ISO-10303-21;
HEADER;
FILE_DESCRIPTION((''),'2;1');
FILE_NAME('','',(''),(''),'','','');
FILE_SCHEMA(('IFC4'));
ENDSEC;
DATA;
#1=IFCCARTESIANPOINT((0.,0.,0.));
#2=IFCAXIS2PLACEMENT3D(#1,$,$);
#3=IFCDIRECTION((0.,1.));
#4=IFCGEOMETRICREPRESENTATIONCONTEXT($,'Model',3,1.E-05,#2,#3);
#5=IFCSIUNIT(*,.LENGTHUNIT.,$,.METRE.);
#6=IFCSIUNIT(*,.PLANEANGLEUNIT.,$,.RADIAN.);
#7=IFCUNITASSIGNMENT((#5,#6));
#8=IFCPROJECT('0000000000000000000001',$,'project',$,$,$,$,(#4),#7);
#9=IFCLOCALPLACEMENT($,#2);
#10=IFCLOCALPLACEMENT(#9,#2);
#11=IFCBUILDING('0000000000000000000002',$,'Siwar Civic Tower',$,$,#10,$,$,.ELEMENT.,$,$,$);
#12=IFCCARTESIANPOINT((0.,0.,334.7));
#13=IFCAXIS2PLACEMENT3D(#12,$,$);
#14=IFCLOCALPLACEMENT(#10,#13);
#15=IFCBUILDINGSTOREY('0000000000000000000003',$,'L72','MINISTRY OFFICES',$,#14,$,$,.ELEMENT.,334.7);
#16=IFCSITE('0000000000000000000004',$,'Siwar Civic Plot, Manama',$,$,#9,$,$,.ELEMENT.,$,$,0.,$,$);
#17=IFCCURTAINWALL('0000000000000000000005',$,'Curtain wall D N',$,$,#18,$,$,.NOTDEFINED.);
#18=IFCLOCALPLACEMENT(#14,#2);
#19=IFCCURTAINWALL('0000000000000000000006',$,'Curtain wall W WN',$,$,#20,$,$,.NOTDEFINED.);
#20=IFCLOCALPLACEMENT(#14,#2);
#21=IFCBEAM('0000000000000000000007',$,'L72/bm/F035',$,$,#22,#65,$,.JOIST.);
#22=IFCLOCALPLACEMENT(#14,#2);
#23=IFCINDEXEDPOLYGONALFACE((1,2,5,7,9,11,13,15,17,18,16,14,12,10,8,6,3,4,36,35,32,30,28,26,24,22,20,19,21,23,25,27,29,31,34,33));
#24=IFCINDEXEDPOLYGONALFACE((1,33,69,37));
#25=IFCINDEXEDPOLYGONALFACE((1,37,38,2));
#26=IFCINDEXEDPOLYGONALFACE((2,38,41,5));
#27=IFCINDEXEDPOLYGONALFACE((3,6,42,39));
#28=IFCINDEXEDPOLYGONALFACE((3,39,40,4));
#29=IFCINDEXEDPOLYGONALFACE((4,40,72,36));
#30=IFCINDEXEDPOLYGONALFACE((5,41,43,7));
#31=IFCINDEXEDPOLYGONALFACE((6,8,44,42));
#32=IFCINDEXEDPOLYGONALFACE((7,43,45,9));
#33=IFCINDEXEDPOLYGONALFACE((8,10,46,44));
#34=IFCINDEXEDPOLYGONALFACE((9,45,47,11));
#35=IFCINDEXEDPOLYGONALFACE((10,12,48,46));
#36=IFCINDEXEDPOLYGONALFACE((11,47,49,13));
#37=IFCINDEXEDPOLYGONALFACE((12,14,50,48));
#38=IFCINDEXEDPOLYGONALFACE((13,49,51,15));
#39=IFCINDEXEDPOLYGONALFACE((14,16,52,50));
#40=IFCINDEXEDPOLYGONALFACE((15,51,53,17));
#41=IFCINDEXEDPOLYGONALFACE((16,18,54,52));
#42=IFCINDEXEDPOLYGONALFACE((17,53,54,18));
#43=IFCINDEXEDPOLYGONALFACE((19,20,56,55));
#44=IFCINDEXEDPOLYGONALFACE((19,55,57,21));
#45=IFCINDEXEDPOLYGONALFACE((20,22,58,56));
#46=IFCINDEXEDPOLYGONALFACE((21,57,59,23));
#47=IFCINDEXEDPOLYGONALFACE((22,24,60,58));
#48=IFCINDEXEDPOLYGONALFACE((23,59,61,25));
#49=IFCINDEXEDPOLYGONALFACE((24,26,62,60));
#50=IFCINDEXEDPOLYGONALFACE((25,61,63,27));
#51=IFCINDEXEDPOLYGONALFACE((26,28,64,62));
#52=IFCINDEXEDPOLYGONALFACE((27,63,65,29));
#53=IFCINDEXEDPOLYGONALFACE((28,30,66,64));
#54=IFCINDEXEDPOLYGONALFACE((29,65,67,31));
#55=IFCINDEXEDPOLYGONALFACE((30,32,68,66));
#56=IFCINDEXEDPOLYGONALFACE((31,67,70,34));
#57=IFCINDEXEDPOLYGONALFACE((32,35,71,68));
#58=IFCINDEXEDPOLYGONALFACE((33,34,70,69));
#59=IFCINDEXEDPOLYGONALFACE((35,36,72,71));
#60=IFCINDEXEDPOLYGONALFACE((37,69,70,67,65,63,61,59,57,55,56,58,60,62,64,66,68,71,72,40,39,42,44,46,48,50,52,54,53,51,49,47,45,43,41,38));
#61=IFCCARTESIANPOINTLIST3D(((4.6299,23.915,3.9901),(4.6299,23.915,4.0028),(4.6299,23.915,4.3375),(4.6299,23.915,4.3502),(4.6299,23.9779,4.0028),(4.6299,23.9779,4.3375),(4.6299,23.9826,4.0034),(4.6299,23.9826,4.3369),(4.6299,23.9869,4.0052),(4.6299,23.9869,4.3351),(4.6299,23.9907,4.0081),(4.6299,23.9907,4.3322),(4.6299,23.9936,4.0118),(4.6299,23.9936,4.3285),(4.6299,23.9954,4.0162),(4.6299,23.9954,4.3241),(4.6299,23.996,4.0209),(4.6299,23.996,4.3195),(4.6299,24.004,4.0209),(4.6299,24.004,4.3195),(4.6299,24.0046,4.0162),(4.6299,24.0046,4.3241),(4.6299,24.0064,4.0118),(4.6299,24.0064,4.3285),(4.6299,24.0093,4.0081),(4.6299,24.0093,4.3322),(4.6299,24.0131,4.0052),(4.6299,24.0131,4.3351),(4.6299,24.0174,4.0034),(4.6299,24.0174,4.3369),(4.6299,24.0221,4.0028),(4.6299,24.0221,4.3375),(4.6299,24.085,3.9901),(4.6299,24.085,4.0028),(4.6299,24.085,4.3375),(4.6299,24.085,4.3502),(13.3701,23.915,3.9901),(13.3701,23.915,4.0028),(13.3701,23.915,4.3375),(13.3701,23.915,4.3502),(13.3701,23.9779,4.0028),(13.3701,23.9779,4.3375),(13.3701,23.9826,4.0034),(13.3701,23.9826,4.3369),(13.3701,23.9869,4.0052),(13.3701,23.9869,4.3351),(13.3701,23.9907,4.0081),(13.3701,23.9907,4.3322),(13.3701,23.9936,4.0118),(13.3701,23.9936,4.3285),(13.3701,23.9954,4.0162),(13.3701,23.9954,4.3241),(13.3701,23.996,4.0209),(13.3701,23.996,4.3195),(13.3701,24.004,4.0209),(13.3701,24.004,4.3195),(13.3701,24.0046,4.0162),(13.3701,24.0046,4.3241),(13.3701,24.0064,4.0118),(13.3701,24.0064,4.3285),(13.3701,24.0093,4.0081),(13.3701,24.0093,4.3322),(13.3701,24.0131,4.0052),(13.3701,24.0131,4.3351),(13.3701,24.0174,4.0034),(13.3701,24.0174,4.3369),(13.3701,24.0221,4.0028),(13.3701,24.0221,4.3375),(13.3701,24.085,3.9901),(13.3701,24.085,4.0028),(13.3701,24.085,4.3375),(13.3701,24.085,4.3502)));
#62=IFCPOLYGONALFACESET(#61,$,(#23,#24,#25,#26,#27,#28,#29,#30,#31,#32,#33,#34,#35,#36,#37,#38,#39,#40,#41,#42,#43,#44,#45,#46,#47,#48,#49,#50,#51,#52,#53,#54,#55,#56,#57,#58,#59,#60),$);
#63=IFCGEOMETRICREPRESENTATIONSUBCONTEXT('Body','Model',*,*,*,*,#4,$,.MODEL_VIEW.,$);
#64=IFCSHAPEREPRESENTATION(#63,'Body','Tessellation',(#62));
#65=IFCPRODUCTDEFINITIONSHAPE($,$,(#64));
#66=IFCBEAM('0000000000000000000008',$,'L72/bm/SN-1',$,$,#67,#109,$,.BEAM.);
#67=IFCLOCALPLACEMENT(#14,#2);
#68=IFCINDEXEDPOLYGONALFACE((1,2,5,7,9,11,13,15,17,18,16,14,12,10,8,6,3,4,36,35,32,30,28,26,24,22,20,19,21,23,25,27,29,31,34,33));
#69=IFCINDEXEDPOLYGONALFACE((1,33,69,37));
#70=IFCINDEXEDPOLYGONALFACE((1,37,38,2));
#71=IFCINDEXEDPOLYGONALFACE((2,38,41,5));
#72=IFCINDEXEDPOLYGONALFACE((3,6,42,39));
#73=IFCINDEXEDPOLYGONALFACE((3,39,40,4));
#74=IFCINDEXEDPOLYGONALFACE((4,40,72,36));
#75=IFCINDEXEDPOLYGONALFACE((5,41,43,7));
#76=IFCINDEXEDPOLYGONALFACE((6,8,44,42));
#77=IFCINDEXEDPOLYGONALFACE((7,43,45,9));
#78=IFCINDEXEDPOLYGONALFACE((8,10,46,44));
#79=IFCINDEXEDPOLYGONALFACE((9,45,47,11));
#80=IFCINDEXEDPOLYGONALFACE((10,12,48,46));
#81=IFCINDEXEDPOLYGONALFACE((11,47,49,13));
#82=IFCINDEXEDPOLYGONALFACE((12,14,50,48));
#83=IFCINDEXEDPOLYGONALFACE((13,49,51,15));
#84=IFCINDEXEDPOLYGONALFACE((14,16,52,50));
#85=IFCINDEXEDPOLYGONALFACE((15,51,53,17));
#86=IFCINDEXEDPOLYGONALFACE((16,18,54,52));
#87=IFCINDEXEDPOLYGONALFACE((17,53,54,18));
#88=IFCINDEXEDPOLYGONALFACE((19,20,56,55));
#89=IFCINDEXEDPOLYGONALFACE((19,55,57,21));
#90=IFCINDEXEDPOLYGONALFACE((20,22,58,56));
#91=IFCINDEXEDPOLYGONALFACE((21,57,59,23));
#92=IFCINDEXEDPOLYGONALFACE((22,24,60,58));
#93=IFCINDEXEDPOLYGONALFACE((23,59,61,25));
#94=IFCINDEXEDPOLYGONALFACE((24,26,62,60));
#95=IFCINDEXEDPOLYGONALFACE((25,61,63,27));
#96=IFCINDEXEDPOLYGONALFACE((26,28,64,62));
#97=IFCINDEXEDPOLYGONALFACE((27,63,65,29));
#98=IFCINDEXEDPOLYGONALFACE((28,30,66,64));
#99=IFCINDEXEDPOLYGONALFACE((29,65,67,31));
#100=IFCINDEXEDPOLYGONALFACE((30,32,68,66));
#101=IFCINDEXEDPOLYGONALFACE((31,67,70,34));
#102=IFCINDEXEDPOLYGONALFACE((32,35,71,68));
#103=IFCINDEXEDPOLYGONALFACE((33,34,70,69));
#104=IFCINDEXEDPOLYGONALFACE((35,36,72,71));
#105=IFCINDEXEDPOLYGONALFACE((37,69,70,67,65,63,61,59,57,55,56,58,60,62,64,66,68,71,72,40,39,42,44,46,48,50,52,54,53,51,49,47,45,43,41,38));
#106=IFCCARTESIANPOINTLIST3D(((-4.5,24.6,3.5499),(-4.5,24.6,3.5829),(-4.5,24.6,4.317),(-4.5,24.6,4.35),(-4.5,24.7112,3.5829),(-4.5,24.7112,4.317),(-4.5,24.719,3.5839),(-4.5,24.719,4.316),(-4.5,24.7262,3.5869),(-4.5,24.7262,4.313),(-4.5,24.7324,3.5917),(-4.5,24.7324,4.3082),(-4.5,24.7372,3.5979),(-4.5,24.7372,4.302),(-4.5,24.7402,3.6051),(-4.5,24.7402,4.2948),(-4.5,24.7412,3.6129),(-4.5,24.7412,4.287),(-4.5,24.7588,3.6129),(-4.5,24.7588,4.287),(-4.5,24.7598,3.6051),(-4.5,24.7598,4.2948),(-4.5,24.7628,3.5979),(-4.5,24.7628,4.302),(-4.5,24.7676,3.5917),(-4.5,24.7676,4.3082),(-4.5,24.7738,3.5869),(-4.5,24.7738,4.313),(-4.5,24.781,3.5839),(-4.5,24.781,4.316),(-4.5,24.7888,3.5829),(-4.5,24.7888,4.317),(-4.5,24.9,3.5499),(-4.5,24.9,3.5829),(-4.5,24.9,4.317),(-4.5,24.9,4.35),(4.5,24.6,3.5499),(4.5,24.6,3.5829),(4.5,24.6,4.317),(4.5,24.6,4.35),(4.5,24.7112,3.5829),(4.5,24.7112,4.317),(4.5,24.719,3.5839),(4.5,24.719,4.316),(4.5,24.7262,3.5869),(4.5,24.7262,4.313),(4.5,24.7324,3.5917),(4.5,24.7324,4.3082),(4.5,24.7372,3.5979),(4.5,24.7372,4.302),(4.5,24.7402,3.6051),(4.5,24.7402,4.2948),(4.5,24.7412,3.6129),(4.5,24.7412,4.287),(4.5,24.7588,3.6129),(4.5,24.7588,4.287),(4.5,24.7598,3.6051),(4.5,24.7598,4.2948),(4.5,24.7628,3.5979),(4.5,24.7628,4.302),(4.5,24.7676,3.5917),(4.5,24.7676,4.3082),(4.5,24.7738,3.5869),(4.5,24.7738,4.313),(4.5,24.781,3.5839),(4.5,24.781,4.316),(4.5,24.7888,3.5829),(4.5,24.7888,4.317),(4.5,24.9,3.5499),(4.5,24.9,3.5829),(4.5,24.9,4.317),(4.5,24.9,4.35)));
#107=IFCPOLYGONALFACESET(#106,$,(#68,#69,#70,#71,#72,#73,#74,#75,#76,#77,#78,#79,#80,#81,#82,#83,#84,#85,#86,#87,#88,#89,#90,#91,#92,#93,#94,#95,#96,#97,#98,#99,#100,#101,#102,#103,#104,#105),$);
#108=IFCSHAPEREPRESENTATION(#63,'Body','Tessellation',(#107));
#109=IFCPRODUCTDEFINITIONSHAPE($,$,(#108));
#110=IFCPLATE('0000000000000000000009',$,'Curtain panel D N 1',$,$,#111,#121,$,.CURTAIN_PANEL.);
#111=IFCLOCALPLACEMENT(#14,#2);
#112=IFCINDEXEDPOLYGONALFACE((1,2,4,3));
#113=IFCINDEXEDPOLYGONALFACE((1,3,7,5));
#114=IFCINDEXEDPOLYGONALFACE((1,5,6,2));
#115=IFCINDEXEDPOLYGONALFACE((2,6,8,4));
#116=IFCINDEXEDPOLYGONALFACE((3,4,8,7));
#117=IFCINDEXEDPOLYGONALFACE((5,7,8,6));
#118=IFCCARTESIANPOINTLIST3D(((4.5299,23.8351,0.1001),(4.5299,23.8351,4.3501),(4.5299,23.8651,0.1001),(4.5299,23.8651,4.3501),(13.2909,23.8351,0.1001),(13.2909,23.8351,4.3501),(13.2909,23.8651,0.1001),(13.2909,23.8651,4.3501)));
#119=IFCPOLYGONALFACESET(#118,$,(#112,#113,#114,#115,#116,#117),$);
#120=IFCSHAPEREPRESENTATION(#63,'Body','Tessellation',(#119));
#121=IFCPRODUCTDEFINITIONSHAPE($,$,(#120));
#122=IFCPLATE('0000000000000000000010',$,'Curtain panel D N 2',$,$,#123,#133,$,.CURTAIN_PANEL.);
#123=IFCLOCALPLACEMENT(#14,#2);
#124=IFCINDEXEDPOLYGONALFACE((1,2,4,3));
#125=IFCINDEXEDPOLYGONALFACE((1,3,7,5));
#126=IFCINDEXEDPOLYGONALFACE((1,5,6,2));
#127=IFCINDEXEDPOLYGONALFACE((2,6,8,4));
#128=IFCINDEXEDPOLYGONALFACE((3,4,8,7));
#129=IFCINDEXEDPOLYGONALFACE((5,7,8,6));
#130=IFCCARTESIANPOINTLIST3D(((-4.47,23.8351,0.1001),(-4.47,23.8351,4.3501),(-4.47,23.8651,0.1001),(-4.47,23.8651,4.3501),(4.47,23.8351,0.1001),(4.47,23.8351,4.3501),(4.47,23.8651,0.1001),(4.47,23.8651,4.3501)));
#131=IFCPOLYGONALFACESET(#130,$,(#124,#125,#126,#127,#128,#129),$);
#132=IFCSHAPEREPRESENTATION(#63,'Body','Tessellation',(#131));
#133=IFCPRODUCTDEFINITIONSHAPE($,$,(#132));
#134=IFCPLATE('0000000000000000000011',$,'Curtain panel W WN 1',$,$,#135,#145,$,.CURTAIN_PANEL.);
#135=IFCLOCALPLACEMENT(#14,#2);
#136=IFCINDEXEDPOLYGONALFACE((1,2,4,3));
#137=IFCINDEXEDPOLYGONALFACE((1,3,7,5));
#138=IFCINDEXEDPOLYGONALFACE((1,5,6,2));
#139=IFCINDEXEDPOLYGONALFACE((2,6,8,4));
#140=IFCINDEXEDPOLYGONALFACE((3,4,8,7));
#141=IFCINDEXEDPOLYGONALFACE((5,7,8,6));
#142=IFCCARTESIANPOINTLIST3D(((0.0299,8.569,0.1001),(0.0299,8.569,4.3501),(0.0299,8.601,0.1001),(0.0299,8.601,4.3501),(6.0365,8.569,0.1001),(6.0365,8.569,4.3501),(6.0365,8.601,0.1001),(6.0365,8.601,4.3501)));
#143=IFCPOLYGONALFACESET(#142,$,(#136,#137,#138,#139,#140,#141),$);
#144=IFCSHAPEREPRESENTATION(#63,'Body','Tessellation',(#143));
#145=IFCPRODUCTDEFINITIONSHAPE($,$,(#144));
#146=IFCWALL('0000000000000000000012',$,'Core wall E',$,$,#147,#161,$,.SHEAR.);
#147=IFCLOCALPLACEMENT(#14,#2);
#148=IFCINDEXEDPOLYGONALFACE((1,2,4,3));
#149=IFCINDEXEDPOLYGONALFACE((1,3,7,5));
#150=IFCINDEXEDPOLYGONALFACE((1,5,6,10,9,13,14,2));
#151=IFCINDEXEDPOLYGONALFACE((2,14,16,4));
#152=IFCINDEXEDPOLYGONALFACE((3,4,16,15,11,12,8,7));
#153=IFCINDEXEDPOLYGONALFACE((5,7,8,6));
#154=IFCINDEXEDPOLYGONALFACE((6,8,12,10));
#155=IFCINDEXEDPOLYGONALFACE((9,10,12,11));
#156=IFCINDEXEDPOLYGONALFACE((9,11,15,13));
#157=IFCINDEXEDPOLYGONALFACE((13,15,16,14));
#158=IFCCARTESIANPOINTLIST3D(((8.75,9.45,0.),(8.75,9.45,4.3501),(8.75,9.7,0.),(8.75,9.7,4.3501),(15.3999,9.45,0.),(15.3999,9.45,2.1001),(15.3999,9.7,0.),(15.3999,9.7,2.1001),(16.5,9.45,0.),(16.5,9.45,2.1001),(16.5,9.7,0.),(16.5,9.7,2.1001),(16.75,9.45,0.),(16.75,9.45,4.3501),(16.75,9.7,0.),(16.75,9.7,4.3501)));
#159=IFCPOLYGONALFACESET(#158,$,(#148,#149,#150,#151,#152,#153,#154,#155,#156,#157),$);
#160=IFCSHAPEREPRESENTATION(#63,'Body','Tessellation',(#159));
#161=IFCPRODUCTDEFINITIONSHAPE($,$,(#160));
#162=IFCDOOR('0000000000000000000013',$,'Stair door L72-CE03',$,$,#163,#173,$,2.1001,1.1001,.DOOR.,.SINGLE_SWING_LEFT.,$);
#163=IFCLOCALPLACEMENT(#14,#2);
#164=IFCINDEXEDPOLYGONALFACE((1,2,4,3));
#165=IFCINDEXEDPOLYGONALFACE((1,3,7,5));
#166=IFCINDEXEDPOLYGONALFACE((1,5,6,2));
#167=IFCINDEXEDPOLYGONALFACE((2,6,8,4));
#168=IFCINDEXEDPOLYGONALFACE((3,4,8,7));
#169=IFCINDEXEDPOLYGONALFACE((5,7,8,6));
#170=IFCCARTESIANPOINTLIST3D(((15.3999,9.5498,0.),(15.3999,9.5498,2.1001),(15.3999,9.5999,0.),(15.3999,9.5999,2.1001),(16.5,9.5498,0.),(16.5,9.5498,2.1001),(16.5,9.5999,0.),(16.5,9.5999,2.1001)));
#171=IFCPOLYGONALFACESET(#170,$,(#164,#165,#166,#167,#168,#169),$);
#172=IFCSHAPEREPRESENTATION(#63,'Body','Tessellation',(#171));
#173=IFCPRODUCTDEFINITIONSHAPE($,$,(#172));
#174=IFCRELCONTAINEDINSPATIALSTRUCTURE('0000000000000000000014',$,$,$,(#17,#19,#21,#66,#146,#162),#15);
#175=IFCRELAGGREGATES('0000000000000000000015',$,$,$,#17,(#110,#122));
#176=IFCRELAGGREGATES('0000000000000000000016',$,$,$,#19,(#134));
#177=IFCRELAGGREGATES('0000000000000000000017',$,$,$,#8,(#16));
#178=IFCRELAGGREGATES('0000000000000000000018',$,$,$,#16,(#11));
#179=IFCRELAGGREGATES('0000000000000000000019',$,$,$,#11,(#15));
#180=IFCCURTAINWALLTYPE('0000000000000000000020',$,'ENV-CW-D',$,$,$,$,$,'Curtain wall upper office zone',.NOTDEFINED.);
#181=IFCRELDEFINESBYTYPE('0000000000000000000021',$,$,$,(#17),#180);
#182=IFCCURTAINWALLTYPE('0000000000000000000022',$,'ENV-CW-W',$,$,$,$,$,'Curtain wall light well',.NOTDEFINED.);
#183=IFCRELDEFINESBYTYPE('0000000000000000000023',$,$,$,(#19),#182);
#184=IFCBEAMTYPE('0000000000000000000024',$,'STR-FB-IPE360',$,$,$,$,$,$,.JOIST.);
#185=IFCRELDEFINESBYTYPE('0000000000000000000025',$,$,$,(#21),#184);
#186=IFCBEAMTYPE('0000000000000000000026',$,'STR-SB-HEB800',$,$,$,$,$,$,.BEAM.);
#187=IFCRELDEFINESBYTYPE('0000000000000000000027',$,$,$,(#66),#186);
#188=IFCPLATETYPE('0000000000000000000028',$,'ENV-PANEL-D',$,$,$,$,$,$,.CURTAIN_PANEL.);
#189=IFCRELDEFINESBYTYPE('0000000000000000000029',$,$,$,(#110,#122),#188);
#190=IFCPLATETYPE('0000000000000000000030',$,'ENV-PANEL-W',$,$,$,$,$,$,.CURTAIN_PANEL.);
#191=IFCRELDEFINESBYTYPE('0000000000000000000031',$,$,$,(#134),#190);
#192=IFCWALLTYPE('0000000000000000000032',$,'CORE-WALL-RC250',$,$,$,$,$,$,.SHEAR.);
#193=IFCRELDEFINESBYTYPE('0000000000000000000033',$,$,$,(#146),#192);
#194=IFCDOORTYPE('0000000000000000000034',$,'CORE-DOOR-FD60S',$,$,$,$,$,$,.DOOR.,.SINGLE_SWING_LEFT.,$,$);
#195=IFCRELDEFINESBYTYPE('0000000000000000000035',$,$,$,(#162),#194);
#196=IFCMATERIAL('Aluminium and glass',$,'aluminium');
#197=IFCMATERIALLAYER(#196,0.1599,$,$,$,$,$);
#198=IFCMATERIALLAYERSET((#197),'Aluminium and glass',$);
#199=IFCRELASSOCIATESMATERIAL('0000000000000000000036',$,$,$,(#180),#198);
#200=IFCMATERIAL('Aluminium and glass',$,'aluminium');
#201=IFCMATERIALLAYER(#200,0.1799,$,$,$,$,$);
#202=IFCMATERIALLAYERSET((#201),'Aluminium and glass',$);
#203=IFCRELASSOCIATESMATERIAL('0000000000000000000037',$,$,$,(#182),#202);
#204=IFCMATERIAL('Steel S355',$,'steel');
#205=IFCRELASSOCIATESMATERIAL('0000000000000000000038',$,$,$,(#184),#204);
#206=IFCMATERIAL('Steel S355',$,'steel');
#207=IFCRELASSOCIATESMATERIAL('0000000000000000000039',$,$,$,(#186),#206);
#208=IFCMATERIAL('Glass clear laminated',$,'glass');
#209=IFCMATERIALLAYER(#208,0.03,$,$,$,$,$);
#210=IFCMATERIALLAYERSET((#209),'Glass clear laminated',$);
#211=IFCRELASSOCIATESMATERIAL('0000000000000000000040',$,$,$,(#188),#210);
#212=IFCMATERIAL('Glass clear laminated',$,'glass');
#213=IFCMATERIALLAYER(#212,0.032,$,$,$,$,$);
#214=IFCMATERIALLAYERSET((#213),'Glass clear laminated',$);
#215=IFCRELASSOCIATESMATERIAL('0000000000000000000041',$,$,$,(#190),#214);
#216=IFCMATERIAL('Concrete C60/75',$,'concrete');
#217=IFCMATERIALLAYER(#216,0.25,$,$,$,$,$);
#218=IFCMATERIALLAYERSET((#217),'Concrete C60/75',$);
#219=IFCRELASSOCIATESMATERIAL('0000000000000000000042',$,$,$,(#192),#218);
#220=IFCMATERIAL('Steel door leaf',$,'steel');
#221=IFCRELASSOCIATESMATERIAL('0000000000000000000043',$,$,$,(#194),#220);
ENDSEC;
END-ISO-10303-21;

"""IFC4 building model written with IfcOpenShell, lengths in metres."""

from ifc_helpers import new_model, si_unit, direction, frame, frame_2d, origin, origin_2d, place, context, subcontext, project, spatial, rectangle, i_section, extrude, material, layer, layer_set, material_profile, profile_set, type_object, element, fill, aggregate, save


model = new_model("IFC4")

# Units and contexts
model_context = context("Model", 3, precision=1e-05, world=origin(), true_north=direction((0.0, 1.0)))
body_context = subcontext(model_context, "Body", "Model", "MODEL_VIEW")
ifc_project = project(units=[si_unit("LENGTHUNIT", "METRE"), si_unit("PLANEANGLEUNIT", "RADIAN")], contexts=[model_context])

# Site, building, storey
site_placement = place(None, origin())
site = spatial("IfcSite", under=ifc_project, at=site_placement, Name="Siwar Civic Plot, Manama", CompositionType="ELEMENT", RefElevation=0.0)
building_placement = place(site_placement, origin())
building = spatial("IfcBuilding", under=site, at=building_placement, Name="Siwar Civic Tower", CompositionType="ELEMENT")
storey_placement = place(building_placement, frame((0.0, 0.0, 334.7)))
storey = spatial("IfcBuildingStorey", under=building, at=storey_placement, Name="L72", Description="MINISTRY OFFICES", CompositionType="ELEMENT", Elevation=334.7)

# Curtain walls
ifc_material_1 = material(Name="Aluminium and glass", Category="aluminium")
ifc_layer_1 = layer(ifc_material_1, 0.1599)
ifc_layer_set_1 = layer_set([ifc_layer_1], Name="Aluminium and glass")
curtain_wall_type_1 = type_object("IfcCurtainWallType", Name="ENV-CW-D", ElementType="Curtain wall upper office zone", PredefinedType="NOTDEFINED", material=ifc_layer_set_1)
curtain_wall_1_placement = place(storey_placement, origin())
curtain_wall_1 = element("IfcCurtainWall", 1, at=curtain_wall_1_placement, inside=storey, type_object=curtain_wall_type_1, Name="Curtain wall D N", PredefinedType="NOTDEFINED")
ifc_material_2 = material(Name="Aluminium and glass", Category="aluminium")
ifc_layer_2 = layer(ifc_material_2, 0.1799)
ifc_layer_set_2 = layer_set([ifc_layer_2], Name="Aluminium and glass")
curtain_wall_type_2 = type_object("IfcCurtainWallType", Name="ENV-CW-W", ElementType="Curtain wall light well", PredefinedType="NOTDEFINED", material=ifc_layer_set_2)
curtain_wall_2_placement = place(storey_placement, origin())
curtain_wall_2 = element("IfcCurtainWall", 2, at=curtain_wall_2_placement, inside=storey, type_object=curtain_wall_type_2, Name="Curtain wall W WN", PredefinedType="NOTDEFINED")

# Beams
ifc_material_3 = material(Name="Steel S355", Category="steel")
ifc_material_profile_1 = material_profile(ifc_material_3, i_section(OverallWidth=0.1699, OverallDepth=0.3601, WebThickness=0.0081, FlangeThickness=0.0127, FilletRadius=0.0181, at=origin_2d()), Name="IPE360")
ifc_profile_set_1 = profile_set([ifc_material_profile_1], Name="Steel S355")
beam_type_1 = type_object("IfcBeamType", Name="STR-FB-IPE360", PredefinedType="JOIST", material=ifc_profile_set_1)
for number, where, z_axis, x_axis, name in (
    (3, (4.6299, 24.0, 4.1702), (1.0, 0.0, 0.0), (0.0, 1.0, 0.0), "L72/bm/F035"),
):
    element("IfcBeam", number, at=place(storey_placement, frame(where, z_axis=z_axis, x_axis=x_axis)), inside=storey, type_object=beam_type_1, Name=name, PredefinedType="JOIST", context=body_context, shape_type="SweptSolid", body=[
        extrude(i_section(OverallWidth=0.1699, OverallDepth=0.3601, WebThickness=0.0081, FlangeThickness=0.0127, FilletRadius=0.0181, at=origin_2d()), origin(), (0.0, 0.0, 1.0), 8.7402),
    ])
ifc_material_4 = material(Name="Steel S355", Category="steel")
ifc_material_profile_2 = material_profile(ifc_material_4, i_section(OverallWidth=0.3, OverallDepth=0.8, WebThickness=0.0176, FlangeThickness=0.033, FilletRadius=0.03, at=origin_2d()), Name="HEB800")
ifc_profile_set_2 = profile_set([ifc_material_profile_2], Name="Steel S355")
beam_type_2 = type_object("IfcBeamType", Name="STR-SB-HEB800", PredefinedType="BEAM", material=ifc_profile_set_2)
beam_1_placement = place(storey_placement, frame((4.5, 24.75, 3.95), z_axis=(-1.0, 0.0, 0.0), x_axis=(0.0, -1.0, 0.0)))
element("IfcBeam", 4, at=beam_1_placement, inside=storey, type_object=beam_type_2, Name="L72/bm/SN-1", PredefinedType="BEAM", context=body_context, shape_type="SweptSolid", body=[
    extrude(i_section(OverallWidth=0.3, OverallDepth=0.8, WebThickness=0.0176, FlangeThickness=0.033, FilletRadius=0.03, at=origin_2d()), origin(), (0.0, 0.0, 1.0), 9.0),
])

# Plates
ifc_material_5 = material(Name="Glass clear laminated", Category="glass")
ifc_layer_3 = layer(ifc_material_5, 0.03)
ifc_layer_set_3 = layer_set([ifc_layer_3], Name="Glass clear laminated")
plate_type_1 = type_object("IfcPlateType", Name="ENV-PANEL-D", PredefinedType="CURTAIN_PANEL", material=ifc_layer_set_3)
plate_1_placement = place(storey_placement, frame((8.9104, 23.8501, 0.1001), z_axis=(0.0, 0.0, 1.0), x_axis=(-1.0, 0.0, 0.0)))
plate_1 = element("IfcPlate", 5, at=plate_1_placement, type_object=plate_type_1, Name="Curtain panel D N 1", PredefinedType="CURTAIN_PANEL", context=body_context, shape_type="SweptSolid", body=[
    extrude(rectangle(XDim=8.761, YDim=0.03, at=origin_2d()), origin(), (0.0, 0.0, 1.0), 4.25),
])
plate_2_placement = place(storey_placement, frame((0.0, 23.8501, 0.1001), z_axis=(0.0, 0.0, 1.0), x_axis=(-1.0, 0.0, 0.0)))
plate_2 = element("IfcPlate", 6, at=plate_2_placement, type_object=plate_type_1, Name="Curtain panel D N 2", PredefinedType="CURTAIN_PANEL", context=body_context, shape_type="SweptSolid", body=[
    extrude(rectangle(XDim=8.9399, YDim=0.03, at=origin_2d()), origin(), (0.0, 0.0, 1.0), 4.25),
])
aggregate(curtain_wall_1, [plate_1, plate_2])
ifc_material_6 = material(Name="Glass clear laminated", Category="glass")
ifc_layer_4 = layer(ifc_material_6, 0.032)
ifc_layer_set_4 = layer_set([ifc_layer_4], Name="Glass clear laminated")
plate_type_2 = type_object("IfcPlateType", Name="ENV-PANEL-W", PredefinedType="CURTAIN_PANEL", material=ifc_layer_set_4)
plate_3_placement = place(storey_placement, frame((3.0332, 8.585, 0.1001), z_axis=(0.0, 0.0, 1.0), x_axis=(-1.0, 0.0, 0.0)))
plate_3 = element("IfcPlate", 7, at=plate_3_placement, type_object=plate_type_2, Name="Curtain panel W WN 1", PredefinedType="CURTAIN_PANEL", context=body_context, shape_type="SweptSolid", body=[
    extrude(rectangle(XDim=6.0066, YDim=0.032, at=origin_2d()), origin(), (0.0, 0.0, 1.0), 4.25),
])
aggregate(curtain_wall_2, [plate_3])

# Wall, opening, door
ifc_material_7 = material(Name="Concrete C60/75", Category="concrete")
ifc_layer_5 = layer(ifc_material_7, 0.25)
ifc_layer_set_5 = layer_set([ifc_layer_5], Name="Concrete C60/75")
wall_type_1 = type_object("IfcWallType", Name="CORE-WALL-RC250", PredefinedType="SHEAR", material=ifc_layer_set_5)
wall_1_placement = place(storey_placement, frame((8.75, 9.575, 0.0), z_axis=(0.0, 0.0, 1.0), x_axis=(1.0, 0.0, 0.0)))
wall_1 = element("IfcWall", 8, at=wall_1_placement, inside=storey, type_object=wall_type_1, Name="Core wall E", PredefinedType="SHEAR", context=body_context, shape_type="SweptSolid", body=[
    extrude(rectangle(XDim=8.0, YDim=0.25, at=frame_2d((4.0, 0.0))), origin(), (0.0, 0.0, 1.0), 4.3501),
])
opening_1_placement = place(wall_1_placement, frame((6.6499, 0.0, 0.0)))
opening_1 = element("IfcOpeningElement", 9, at=opening_1_placement, cuts=wall_1, PredefinedType="OPENING", context=body_context, shape_type="SweptSolid", body=[
    extrude(rectangle(XDim=1.1001, YDim=2.1001, at=frame_2d((0.55, 1.05))), frame((0.0, 0.135, 0.0), z_axis=(0.0, -1.0, 0.0), x_axis=(1.0, 0.0, 0.0)), (0.0, 0.0, 1.0), 0.27),
])
ifc_material_8 = material(Name="Steel door leaf", Category="steel")
door_type_1 = type_object("IfcDoorType", Name="CORE-DOOR-FD60S", OperationType="SINGLE_SWING_LEFT", PredefinedType="DOOR", material=ifc_material_8)
door_1_placement = place(opening_1_placement, origin())
door_1 = element("IfcDoor", 10, at=door_1_placement, inside=storey, type_object=door_type_1, Name="Stair door L72-CE03", OperationType="SINGLE_SWING_LEFT", OverallHeight=2.1001, OverallWidth=1.1001, PredefinedType="DOOR", context=body_context, shape_type="SweptSolid", body=[
    extrude(rectangle(XDim=1.1001, YDim=2.1001, at=frame_2d((0.55, 1.05))), frame((0.0, 0.0249, 0.0), z_axis=(0.0, -1.0, 0.0), x_axis=(1.0, 0.0, 0.0)), (0.0, 0.0, 1.0), 0.05),
])
fill(opening_1, door_1)

save(model, "model.ifc")
